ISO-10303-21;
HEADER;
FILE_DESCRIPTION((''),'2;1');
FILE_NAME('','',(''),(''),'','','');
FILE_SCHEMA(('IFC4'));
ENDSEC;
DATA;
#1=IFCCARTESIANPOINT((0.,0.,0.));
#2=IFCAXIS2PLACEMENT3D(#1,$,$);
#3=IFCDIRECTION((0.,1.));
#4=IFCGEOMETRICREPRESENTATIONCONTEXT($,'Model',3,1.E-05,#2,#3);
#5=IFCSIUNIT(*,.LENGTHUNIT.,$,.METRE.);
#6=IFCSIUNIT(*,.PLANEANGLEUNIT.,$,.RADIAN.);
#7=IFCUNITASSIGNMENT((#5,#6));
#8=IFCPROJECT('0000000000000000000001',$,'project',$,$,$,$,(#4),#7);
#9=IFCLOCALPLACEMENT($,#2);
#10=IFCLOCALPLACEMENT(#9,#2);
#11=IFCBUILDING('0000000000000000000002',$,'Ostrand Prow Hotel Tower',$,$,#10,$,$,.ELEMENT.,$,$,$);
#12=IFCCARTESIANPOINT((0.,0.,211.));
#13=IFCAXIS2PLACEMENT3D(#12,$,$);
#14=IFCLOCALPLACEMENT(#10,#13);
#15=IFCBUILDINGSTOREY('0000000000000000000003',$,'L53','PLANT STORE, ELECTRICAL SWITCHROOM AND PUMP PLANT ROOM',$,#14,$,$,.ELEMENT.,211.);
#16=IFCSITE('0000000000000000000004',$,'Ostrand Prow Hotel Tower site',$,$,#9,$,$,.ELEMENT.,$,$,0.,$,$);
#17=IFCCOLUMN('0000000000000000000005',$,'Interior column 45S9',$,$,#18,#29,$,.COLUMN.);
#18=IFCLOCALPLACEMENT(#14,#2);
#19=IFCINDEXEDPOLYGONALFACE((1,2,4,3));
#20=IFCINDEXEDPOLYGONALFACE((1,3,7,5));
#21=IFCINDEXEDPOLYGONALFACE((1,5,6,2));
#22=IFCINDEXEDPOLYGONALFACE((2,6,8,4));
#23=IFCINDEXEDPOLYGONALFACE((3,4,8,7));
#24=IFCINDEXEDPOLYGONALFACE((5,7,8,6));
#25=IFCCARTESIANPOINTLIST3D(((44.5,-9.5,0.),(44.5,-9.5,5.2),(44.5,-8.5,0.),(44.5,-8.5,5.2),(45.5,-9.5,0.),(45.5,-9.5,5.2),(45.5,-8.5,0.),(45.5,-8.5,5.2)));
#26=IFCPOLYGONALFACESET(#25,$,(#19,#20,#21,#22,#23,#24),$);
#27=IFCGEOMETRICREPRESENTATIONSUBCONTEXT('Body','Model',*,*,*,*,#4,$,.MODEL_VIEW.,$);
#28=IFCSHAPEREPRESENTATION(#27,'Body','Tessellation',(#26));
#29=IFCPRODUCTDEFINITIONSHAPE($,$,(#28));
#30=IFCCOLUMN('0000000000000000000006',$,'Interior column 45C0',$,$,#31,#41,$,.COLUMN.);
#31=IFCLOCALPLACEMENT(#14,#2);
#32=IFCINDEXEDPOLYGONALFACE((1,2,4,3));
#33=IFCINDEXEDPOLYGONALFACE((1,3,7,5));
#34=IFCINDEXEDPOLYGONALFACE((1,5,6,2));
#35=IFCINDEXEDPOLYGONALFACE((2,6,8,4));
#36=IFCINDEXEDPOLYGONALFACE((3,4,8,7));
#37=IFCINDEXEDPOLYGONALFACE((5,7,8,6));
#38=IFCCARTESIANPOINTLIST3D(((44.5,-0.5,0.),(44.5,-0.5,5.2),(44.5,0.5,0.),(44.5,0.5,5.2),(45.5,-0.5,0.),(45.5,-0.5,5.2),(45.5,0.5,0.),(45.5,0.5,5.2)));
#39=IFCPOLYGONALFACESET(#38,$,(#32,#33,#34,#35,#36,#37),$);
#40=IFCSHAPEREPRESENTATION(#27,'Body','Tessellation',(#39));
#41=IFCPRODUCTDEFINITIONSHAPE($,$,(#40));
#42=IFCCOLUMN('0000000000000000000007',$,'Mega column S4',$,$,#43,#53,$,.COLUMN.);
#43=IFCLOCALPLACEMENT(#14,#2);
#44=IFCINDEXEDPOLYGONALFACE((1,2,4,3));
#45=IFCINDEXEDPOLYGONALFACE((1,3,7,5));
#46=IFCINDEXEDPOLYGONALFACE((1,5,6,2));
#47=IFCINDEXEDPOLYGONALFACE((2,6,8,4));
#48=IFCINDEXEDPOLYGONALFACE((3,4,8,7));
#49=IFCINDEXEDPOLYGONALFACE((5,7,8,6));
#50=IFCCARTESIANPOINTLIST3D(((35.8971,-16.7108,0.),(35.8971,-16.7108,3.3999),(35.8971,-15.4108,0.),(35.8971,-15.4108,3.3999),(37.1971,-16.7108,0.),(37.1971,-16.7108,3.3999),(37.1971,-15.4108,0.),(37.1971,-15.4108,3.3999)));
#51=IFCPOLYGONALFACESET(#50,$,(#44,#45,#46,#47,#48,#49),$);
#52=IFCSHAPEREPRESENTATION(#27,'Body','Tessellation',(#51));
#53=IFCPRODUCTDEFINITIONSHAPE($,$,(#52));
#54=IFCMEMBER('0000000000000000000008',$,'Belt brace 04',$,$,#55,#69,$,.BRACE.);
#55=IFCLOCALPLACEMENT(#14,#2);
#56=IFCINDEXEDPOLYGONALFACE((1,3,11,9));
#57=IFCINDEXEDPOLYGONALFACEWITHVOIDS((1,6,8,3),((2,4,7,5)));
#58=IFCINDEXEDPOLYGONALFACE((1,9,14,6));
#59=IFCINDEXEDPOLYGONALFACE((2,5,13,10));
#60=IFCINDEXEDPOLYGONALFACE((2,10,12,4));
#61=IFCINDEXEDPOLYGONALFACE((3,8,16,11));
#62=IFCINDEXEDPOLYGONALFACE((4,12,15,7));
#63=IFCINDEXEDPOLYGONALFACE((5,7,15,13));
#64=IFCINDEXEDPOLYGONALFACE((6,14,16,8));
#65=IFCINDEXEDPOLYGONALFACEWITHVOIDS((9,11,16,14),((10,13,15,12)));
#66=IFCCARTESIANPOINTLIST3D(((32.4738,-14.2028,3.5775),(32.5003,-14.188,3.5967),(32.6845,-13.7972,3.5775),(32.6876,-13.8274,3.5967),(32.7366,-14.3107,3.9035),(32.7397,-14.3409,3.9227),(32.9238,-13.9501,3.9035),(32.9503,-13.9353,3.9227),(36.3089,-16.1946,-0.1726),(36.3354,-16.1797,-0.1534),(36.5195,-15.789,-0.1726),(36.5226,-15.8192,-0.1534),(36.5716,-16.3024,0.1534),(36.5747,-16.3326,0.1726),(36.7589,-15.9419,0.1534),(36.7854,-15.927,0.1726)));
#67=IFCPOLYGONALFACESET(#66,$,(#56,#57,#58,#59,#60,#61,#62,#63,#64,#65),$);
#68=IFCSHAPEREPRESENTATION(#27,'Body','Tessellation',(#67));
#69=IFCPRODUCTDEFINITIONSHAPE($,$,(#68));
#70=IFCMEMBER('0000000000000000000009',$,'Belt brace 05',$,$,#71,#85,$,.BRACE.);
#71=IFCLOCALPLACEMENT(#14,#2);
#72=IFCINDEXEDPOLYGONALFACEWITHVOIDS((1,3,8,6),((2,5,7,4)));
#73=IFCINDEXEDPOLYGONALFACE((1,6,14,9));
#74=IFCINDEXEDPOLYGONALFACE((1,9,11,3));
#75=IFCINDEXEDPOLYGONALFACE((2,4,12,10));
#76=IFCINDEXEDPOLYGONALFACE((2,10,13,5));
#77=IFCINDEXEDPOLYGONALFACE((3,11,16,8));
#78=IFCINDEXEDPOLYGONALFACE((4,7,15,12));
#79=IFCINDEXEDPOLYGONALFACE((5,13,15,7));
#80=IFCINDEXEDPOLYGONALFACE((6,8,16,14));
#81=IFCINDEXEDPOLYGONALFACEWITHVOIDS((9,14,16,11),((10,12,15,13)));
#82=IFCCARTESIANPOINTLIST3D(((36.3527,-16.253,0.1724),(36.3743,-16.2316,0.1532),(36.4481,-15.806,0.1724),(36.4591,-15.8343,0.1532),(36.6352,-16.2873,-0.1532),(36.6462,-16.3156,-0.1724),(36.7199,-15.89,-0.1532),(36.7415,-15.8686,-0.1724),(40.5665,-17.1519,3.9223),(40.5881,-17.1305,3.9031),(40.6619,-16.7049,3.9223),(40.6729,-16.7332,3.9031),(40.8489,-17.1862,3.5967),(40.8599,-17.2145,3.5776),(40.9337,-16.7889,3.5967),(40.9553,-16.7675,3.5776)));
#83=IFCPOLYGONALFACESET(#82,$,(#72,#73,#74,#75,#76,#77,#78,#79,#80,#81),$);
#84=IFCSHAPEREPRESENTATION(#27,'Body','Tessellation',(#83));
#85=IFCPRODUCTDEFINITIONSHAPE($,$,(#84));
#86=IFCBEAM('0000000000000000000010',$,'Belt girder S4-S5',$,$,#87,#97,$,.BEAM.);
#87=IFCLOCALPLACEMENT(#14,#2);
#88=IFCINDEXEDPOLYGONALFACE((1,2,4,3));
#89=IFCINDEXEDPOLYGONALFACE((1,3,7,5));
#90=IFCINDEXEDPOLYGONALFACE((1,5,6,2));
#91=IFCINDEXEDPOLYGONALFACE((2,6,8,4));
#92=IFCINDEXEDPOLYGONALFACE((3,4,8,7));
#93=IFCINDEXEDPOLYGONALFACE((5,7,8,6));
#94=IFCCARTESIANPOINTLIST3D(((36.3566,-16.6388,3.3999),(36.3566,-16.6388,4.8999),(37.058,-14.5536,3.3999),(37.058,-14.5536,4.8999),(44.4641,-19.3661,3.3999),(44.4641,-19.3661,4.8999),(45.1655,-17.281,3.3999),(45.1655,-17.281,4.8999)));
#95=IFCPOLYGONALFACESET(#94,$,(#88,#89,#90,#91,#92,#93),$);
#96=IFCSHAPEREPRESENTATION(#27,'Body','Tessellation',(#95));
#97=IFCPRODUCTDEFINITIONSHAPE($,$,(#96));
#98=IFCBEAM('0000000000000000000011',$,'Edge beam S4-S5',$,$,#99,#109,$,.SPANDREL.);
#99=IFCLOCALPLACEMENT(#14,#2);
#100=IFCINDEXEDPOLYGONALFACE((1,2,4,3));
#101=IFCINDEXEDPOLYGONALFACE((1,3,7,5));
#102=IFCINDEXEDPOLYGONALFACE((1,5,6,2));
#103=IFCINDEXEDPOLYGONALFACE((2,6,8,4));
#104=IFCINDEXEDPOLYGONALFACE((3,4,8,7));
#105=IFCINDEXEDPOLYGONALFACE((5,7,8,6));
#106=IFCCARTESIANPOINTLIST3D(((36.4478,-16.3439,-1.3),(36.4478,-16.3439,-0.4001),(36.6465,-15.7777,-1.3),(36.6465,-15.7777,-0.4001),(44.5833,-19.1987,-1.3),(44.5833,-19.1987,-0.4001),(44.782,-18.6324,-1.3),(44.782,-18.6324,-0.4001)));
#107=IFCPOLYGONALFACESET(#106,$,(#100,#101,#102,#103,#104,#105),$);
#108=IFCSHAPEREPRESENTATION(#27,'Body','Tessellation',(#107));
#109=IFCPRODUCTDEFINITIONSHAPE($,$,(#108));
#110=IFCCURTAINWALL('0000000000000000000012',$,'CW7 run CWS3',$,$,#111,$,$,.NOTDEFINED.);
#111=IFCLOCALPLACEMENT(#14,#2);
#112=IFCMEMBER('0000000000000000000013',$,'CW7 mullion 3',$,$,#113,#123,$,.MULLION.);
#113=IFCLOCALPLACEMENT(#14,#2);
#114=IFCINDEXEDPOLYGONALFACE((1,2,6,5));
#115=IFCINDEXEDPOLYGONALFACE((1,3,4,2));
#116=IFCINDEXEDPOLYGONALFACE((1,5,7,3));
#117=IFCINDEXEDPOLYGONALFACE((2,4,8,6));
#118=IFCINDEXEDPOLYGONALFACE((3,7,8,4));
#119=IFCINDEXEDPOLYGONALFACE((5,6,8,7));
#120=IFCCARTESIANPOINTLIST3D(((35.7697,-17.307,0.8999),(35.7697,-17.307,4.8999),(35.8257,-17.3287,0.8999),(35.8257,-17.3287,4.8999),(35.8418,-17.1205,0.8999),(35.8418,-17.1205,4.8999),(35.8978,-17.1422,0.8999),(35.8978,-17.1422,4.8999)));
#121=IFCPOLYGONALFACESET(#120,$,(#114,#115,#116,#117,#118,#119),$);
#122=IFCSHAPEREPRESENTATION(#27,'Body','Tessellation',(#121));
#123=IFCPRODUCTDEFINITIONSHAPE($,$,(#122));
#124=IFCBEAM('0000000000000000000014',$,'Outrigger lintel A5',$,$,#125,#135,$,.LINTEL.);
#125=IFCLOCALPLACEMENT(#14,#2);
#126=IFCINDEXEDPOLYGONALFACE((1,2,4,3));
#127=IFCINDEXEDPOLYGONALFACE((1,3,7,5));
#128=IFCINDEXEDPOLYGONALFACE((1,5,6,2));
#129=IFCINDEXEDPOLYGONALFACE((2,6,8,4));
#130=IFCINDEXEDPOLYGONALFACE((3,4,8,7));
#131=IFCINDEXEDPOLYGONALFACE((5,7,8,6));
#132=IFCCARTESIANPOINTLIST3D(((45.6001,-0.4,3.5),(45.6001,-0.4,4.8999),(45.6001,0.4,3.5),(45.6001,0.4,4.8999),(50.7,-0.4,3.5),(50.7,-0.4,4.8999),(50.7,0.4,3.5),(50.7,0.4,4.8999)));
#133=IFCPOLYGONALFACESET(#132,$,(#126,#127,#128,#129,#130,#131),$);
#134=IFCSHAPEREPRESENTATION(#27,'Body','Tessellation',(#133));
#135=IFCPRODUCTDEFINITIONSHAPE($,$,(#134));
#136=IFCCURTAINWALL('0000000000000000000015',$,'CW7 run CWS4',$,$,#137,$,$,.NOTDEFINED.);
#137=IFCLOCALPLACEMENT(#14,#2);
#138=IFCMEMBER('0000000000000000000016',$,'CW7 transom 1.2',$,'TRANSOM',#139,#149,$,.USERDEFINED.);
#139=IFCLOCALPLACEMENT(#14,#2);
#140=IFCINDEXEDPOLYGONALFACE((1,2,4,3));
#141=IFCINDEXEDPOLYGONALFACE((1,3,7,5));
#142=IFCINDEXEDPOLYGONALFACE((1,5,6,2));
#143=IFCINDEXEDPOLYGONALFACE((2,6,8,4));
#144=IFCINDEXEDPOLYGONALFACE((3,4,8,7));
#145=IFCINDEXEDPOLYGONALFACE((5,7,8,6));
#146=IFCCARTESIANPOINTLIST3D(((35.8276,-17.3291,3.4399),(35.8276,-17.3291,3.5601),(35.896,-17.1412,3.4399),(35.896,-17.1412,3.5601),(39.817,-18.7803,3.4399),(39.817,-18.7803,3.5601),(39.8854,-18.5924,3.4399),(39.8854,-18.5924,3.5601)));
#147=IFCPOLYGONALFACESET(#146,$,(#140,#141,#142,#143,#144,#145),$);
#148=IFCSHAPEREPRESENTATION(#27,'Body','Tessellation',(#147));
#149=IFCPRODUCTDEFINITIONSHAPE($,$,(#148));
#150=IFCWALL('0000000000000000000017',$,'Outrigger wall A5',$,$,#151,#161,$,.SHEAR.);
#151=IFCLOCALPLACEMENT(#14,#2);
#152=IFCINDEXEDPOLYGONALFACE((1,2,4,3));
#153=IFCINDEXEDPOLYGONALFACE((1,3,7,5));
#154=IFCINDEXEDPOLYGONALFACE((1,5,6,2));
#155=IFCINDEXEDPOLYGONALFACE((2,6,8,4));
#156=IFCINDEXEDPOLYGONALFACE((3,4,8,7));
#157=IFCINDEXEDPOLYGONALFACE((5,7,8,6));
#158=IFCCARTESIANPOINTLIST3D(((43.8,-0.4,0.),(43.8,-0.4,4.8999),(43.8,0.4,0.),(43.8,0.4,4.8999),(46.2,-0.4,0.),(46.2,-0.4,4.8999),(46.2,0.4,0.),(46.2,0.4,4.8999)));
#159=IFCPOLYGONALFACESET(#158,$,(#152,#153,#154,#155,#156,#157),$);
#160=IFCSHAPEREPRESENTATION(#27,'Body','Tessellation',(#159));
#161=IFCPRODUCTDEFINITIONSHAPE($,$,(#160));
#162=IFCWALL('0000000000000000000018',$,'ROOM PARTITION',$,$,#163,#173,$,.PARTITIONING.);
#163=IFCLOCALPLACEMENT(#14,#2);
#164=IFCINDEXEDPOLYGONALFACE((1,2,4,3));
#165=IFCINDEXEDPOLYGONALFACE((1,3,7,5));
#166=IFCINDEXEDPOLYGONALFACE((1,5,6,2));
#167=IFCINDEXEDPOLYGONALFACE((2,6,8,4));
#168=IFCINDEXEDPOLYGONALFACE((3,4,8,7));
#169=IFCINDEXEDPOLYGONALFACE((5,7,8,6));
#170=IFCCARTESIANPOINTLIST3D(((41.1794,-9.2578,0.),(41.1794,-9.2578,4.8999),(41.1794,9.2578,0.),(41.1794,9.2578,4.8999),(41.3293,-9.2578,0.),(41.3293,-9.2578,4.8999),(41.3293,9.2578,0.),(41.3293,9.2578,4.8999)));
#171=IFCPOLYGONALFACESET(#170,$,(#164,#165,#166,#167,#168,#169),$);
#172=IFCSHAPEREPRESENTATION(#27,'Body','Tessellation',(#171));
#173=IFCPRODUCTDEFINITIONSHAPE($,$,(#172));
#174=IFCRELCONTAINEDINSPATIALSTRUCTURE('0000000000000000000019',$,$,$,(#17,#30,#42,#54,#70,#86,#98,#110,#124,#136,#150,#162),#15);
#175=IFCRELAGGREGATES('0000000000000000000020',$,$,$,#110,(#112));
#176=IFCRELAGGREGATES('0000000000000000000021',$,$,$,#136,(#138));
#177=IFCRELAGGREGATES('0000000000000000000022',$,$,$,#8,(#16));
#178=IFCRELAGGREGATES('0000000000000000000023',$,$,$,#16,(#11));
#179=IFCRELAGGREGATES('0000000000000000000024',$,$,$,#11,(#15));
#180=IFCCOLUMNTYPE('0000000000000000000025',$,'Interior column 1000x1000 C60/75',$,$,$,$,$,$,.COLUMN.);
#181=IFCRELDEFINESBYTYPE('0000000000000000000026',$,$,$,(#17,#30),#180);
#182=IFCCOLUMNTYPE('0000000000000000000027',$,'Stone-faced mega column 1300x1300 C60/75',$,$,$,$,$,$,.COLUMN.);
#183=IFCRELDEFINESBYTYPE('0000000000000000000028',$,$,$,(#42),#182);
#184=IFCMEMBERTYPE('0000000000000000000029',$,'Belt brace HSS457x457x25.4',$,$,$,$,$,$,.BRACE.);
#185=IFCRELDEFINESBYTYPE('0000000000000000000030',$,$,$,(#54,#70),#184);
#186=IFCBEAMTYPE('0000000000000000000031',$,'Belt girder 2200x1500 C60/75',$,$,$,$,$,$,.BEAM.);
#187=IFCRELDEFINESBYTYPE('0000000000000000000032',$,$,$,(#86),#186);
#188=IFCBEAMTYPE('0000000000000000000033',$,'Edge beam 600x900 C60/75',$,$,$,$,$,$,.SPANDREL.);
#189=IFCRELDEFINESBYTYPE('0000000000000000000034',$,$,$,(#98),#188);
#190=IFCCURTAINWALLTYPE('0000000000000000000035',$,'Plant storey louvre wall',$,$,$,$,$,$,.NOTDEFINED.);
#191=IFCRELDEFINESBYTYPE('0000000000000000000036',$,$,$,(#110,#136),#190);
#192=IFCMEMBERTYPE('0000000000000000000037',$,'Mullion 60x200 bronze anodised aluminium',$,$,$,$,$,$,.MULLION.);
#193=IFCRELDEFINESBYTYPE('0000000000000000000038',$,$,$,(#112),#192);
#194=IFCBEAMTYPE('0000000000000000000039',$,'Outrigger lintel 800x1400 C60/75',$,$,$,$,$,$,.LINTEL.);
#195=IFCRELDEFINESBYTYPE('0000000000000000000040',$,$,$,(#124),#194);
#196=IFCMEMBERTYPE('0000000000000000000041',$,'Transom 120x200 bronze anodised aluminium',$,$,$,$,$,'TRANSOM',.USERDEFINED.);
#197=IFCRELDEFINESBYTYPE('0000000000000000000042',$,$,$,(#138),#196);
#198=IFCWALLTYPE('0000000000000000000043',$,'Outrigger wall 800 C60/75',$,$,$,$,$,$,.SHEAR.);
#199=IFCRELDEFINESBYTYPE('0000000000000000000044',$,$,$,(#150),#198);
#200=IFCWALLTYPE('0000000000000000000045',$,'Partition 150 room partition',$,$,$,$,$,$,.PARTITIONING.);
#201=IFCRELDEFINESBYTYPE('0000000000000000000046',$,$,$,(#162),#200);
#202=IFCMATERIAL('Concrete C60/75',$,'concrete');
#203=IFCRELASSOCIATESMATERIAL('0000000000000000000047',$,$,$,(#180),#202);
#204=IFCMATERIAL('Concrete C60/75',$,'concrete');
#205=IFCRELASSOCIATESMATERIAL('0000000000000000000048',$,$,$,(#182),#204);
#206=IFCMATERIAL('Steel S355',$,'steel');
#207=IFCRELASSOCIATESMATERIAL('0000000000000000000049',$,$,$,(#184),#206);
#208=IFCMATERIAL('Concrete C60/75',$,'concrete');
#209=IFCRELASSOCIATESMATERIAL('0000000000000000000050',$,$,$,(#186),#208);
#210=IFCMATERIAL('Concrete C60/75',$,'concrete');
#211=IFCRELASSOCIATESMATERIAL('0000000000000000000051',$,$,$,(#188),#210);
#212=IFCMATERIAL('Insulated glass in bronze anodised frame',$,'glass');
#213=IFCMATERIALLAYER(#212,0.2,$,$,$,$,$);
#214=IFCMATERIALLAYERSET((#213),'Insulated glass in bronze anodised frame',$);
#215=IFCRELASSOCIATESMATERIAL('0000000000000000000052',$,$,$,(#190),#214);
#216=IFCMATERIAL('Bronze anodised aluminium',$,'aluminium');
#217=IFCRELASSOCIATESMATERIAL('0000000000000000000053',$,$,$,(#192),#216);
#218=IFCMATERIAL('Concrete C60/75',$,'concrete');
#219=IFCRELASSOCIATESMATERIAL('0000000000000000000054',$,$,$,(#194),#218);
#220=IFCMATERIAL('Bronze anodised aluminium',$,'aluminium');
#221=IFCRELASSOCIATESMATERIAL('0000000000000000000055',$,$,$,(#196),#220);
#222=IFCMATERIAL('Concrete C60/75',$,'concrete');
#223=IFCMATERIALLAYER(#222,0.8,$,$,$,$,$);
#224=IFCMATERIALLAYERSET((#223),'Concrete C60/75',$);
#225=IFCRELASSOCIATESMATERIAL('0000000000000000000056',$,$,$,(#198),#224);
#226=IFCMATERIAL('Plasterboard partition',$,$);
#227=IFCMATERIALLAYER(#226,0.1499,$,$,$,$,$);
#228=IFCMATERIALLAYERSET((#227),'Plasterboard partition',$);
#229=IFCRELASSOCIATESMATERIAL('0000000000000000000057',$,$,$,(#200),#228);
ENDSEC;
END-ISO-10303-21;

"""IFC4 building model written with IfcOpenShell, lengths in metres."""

from ifc_helpers import new_model, si_unit, direction, frame, frame_2d, origin, origin_2d, place, context, subcontext, project, spatial, rectangle, hollow_rectangle, extrude, material, layer, layer_set, material_profile, profile_set, type_object, element, aggregate, save


model = new_model("IFC4")

# Units and contexts
model_context = context("Model", 3, precision=1e-05, world=origin(), true_north=direction((0.0, 1.0)))
body_context = subcontext(model_context, "Body", "Model", "MODEL_VIEW")
ifc_project = project(units=[si_unit("LENGTHUNIT", "METRE"), si_unit("PLANEANGLEUNIT", "RADIAN")], contexts=[model_context])

# Site, building, storey
site_placement = place(None, origin())
site = spatial("IfcSite", under=ifc_project, at=site_placement, Name="Ostrand Prow Hotel Tower site", CompositionType="ELEMENT", RefElevation=0.0)
building_placement = place(site_placement, origin())
building = spatial("IfcBuilding", under=site, at=building_placement, Name="Ostrand Prow Hotel Tower", CompositionType="ELEMENT")
storey_placement = place(building_placement, frame((0.0, 0.0, 211.0)))
storey = spatial("IfcBuildingStorey", under=building, at=storey_placement, Name="L53", Description="PLANT STORE, ELECTRICAL SWITCHROOM AND PUMP PLANT ROOM", CompositionType="ELEMENT", Elevation=211.0)

# Columns
ifc_material_1 = material(Name="Concrete C60/75", Category="concrete")
ifc_material_profile_1 = material_profile(ifc_material_1, rectangle(XDim=1.0, YDim=1.0, at=origin_2d()), Name="RC 1000x1000")
ifc_profile_set_1 = profile_set([ifc_material_profile_1], Name="Concrete C60/75")
column_type_1 = type_object("IfcColumnType", Name="Interior column 1000x1000 C60/75", PredefinedType="COLUMN", material=ifc_profile_set_1)
for number, where, z_axis, x_axis, name in (
    (1, (45.0, -9.0, 0.0), (0.0, 0.0, 1.0), (1.0, 0.0, 0.0), "Interior column 45S9"),
    (2, (45.0, 0.0, 0.0), (0.0, 0.0, 1.0), (1.0, 0.0, 0.0), "Interior column 45C0"),
):
    element("IfcColumn", number, at=place(storey_placement, frame(where, z_axis=z_axis, x_axis=x_axis)), inside=storey, type_object=column_type_1, Name=name, PredefinedType="COLUMN", context=body_context, shape_type="SweptSolid", body=[
        extrude(rectangle(XDim=1.0, YDim=1.0, at=origin_2d()), origin(), (0.0, 0.0, 1.0), 5.2),
    ])
ifc_material_2 = material(Name="Concrete C60/75", Category="concrete")
ifc_material_profile_2 = material_profile(ifc_material_2, rectangle(XDim=1.3, YDim=1.3, at=origin_2d()), Name="RC 1300x1300")
ifc_profile_set_2 = profile_set([ifc_material_profile_2], Name="Concrete C60/75")
column_type_2 = type_object("IfcColumnType", Name="Stone-faced mega column 1300x1300 C60/75", PredefinedType="COLUMN", material=ifc_profile_set_2)
column_placement = place(storey_placement, frame((36.5471, -16.0608, 0.0), z_axis=(0.0, 0.0, 1.0), x_axis=(1.0, 0.0, 0.0)))
element("IfcColumn", 3, at=column_placement, inside=storey, type_object=column_type_2, Name="Mega column S4", PredefinedType="COLUMN", context=body_context, shape_type="SweptSolid", body=[
    extrude(rectangle(XDim=1.3, YDim=1.3, at=origin_2d()), origin(), (0.0, 0.0, 1.0), 3.3999),
])

# Members
ifc_material_3 = material(Name="Steel S355", Category="steel")
ifc_material_profile_3 = material_profile(ifc_material_3, hollow_rectangle(XDim=0.457, YDim=0.457, WallThickness=0.0254, at=origin_2d()), Name="HSS457x457x25.4")
ifc_profile_set_3 = profile_set([ifc_material_profile_3], Name="Steel S355")
member_type_1 = type_object("IfcMemberType", Name="Belt brace HSS457x457x25.4", PredefinedType="BRACE", material=ifc_profile_set_3)
member_1_placement = place(storey_placement, frame((36.5471, -16.0608, 0.0), z_axis=(-0.670264, 0.348104, 0.655415), x_axis=(-0.460901, -0.887452, 0.0)))
element("IfcMember", 4, at=member_1_placement, inside=storey, type_object=member_type_1, Name="Belt brace 04", PredefinedType="BRACE", context=body_context, shape_type="SweptSolid", body=[
    extrude(hollow_rectangle(XDim=0.457, YDim=0.457, WallThickness=0.0254, at=origin_2d()), origin(), (0.0, 0.0, 1.0), 5.7217),
])
member_2_placement = place(storey_placement, frame((36.5471, -16.0608, 0.0), z_axis=(0.737718, -0.157374, 0.65651), x_axis=(0.208631, 0.977994, 0.0)))
element("IfcMember", 5, at=member_2_placement, inside=storey, type_object=member_type_1, Name="Belt brace 05", PredefinedType="BRACE", context=body_context, shape_type="SweptSolid", body=[
    extrude(hollow_rectangle(XDim=0.457, YDim=0.457, WallThickness=0.0254, at=origin_2d()), origin(), (0.0, 0.0, 1.0), 5.7119),
])

# Beams
ifc_material_4 = material(Name="Concrete C60/75", Category="concrete")
ifc_material_profile_4 = material_profile(ifc_material_4, rectangle(XDim=2.2, YDim=1.5, at=origin_2d()), Name="RC 2200x1500")
ifc_profile_set_4 = profile_set([ifc_material_profile_4], Name="Concrete C60/75")
beam_type_1 = type_object("IfcBeamType", Name="Belt girder 2200x1500 C60/75", PredefinedType="BEAM", material=ifc_profile_set_4)
beam_1_placement = place(storey_placement, frame((36.7073, -15.5962, 4.1499), z_axis=(0.947809, -0.318838, 0.0), x_axis=(0.318838, 0.947809, 0.0)))
element("IfcBeam", 6, at=beam_1_placement, inside=storey, type_object=beam_type_1, Name="Belt girder S4-S5", PredefinedType="BEAM", context=body_context, shape_type="SweptSolid", body=[
    extrude(rectangle(XDim=2.2, YDim=1.5, at=origin_2d()), origin(), (0.0, 0.0, 1.0), 8.554),
])
ifc_material_5 = material(Name="Concrete C60/75", Category="concrete")
ifc_material_profile_5 = material_profile(ifc_material_5, rectangle(XDim=0.6001, YDim=0.8999, at=origin_2d()), Name="RC 600x900")
ifc_profile_set_5 = profile_set([ifc_material_profile_5], Name="Concrete C60/75")
beam_type_2 = type_object("IfcBeamType", Name="Edge beam 600x900 C60/75", PredefinedType="SPANDREL", material=ifc_profile_set_5)
beam_2_placement = place(storey_placement, frame((36.5471, -16.0608, -0.8501), z_axis=(0.943594, -0.331106, 0.0), x_axis=(0.331106, 0.943594, 0.0)))
element("IfcBeam", 7, at=beam_2_placement, inside=storey, type_object=beam_type_2, Name="Edge beam S4-S5", PredefinedType="SPANDREL", context=body_context, shape_type="SweptSolid", body=[
    extrude(rectangle(XDim=0.6001, YDim=0.8999, at=origin_2d()), origin(), (0.0, 0.0, 1.0), 8.6218),
])

# Curtain wall, member
ifc_material_6 = material(Name="Insulated glass in bronze anodised frame", Category="glass")
ifc_layer_1 = layer(ifc_material_6, 0.2)
ifc_layer_set_1 = layer_set([ifc_layer_1], Name="Insulated glass in bronze anodised frame")
curtain_wall_type = type_object("IfcCurtainWallType", Name="Plant storey louvre wall", PredefinedType="NOTDEFINED", material=ifc_layer_set_1)
curtain_wall_1_placement = place(storey_placement, origin())
curtain_wall_1 = element("IfcCurtainWall", 8, at=curtain_wall_1_placement, inside=storey, type_object=curtain_wall_type, Name="CW7 run CWS3", PredefinedType="NOTDEFINED")
ifc_material_7 = material(Name="Bronze anodised aluminium", Category="aluminium")
ifc_material_profile_6 = material_profile(ifc_material_7, rectangle(XDim=0.2, YDim=0.0601, at=origin_2d()), Name="Mullion 60x200 bronze anodised aluminium")
ifc_profile_set_6 = profile_set([ifc_material_profile_6], Name="Bronze anodised aluminium")
member_type_2 = type_object("IfcMemberType", Name="Mullion 60x200 bronze anodised aluminium", PredefinedType="MULLION", material=ifc_profile_set_6)
member_3_placement = place(storey_placement, frame((35.8337, -17.2246, 0.8999), z_axis=(0.0, 0.0, 1.0), x_axis=(0.360749, 0.932663, 0.0)))
member_3 = element("IfcMember", 9, at=member_3_placement, type_object=member_type_2, Name="CW7 mullion 3", PredefinedType="MULLION", context=body_context, shape_type="SweptSolid", body=[
    extrude(rectangle(XDim=0.2, YDim=0.0601, at=origin_2d()), origin(), (0.0, 0.0, 1.0), 4.0),
])
aggregate(curtain_wall_1, [member_3])

# Beam
ifc_material_8 = material(Name="Concrete C60/75", Category="concrete")
ifc_material_profile_7 = material_profile(ifc_material_8, rectangle(XDim=0.8, YDim=1.3999, at=origin_2d()), Name="RC 800x1400")
ifc_profile_set_7 = profile_set([ifc_material_profile_7], Name="Concrete C60/75")
beam_type_3 = type_object("IfcBeamType", Name="Outrigger lintel 800x1400 C60/75", PredefinedType="LINTEL", material=ifc_profile_set_7)
beam_3_placement = place(storey_placement, frame((45.6001, 0.0, 4.2), z_axis=(1.0, 0.0, 0.0), x_axis=(0.0, 1.0, 0.0)))
element("IfcBeam", 10, at=beam_3_placement, inside=storey, type_object=beam_type_3, Name="Outrigger lintel A5", PredefinedType="LINTEL", context=body_context, shape_type="SweptSolid", body=[
    extrude(rectangle(XDim=0.8, YDim=1.3999, at=origin_2d()), origin(), (0.0, 0.0, 1.0), 5.0999),
])

# Curtain wall, member
curtain_wall_2_placement = place(storey_placement, origin())
curtain_wall_2 = element("IfcCurtainWall", 11, at=curtain_wall_2_placement, inside=storey, type_object=curtain_wall_type, Name="CW7 run CWS4", PredefinedType="NOTDEFINED")
ifc_material_9 = material(Name="Bronze anodised aluminium", Category="aluminium")
ifc_material_profile_8 = material_profile(ifc_material_9, rectangle(XDim=0.2, YDim=0.1201, at=origin_2d()), Name="Transom 120x200 bronze anodised aluminium")
ifc_profile_set_8 = profile_set([ifc_material_profile_8], Name="Bronze anodised aluminium")
member_type_3 = type_object("IfcMemberType", Name="Transom 120x200 bronze anodised aluminium", ElementType="TRANSOM", PredefinedType="USERDEFINED", material=ifc_profile_set_8)
member_4_placement = place(storey_placement, frame((35.8618, -17.2351, 3.5), z_axis=(0.939753, -0.341854, 0.0), x_axis=(0.341854, 0.939753, 0.0)))
member_4 = element("IfcMember", 12, at=member_4_placement, type_object=member_type_3, Name="CW7 transom 1.2", ObjectType="TRANSOM", PredefinedType="USERDEFINED", context=body_context, shape_type="SweptSolid", body=[
    extrude(rectangle(XDim=0.2, YDim=0.1201, at=origin_2d()), origin(), (0.0, 0.0, 1.0), 4.2451),
])
aggregate(curtain_wall_2, [member_4])

# Walls
ifc_material_10 = material(Name="Concrete C60/75", Category="concrete")
ifc_layer_2 = layer(ifc_material_10, 0.8)
ifc_layer_set_2 = layer_set([ifc_layer_2], Name="Concrete C60/75")
wall_type_1 = type_object("IfcWallType", Name="Outrigger wall 800 C60/75", PredefinedType="SHEAR", material=ifc_layer_set_2)
wall_1_placement = place(storey_placement, frame((43.8, 0.0, 0.0), z_axis=(0.0, 0.0, 1.0), x_axis=(1.0, 0.0, 0.0)))
element("IfcWall", 13, at=wall_1_placement, inside=storey, type_object=wall_type_1, Name="Outrigger wall A5", PredefinedType="SHEAR", context=body_context, shape_type="SweptSolid", body=[
    extrude(rectangle(XDim=2.3999, YDim=0.8, at=frame_2d((1.2, 0.0))), origin(), (0.0, 0.0, 1.0), 4.8999),
])
ifc_material_11 = material(Name="Plasterboard partition")
ifc_layer_3 = layer(ifc_material_11, 0.1499)
ifc_layer_set_3 = layer_set([ifc_layer_3], Name="Plasterboard partition")
wall_type_2 = type_object("IfcWallType", Name="Partition 150 room partition", PredefinedType="PARTITIONING", material=ifc_layer_set_3)
wall_2_placement = place(storey_placement, frame((41.2544, -9.2578, 0.0), z_axis=(0.0, 0.0, 1.0), x_axis=(0.0, 1.0, 0.0)))
element("IfcWall", 14, at=wall_2_placement, inside=storey, type_object=wall_type_2, Name="ROOM PARTITION", PredefinedType="PARTITIONING", context=body_context, shape_type="SweptSolid", body=[
    extrude(rectangle(XDim=18.5156, YDim=0.1499, at=frame_2d((9.2578, 0.0))), origin(), (0.0, 0.0, 1.0), 4.8999),
])

save(model, "model.ifc")
